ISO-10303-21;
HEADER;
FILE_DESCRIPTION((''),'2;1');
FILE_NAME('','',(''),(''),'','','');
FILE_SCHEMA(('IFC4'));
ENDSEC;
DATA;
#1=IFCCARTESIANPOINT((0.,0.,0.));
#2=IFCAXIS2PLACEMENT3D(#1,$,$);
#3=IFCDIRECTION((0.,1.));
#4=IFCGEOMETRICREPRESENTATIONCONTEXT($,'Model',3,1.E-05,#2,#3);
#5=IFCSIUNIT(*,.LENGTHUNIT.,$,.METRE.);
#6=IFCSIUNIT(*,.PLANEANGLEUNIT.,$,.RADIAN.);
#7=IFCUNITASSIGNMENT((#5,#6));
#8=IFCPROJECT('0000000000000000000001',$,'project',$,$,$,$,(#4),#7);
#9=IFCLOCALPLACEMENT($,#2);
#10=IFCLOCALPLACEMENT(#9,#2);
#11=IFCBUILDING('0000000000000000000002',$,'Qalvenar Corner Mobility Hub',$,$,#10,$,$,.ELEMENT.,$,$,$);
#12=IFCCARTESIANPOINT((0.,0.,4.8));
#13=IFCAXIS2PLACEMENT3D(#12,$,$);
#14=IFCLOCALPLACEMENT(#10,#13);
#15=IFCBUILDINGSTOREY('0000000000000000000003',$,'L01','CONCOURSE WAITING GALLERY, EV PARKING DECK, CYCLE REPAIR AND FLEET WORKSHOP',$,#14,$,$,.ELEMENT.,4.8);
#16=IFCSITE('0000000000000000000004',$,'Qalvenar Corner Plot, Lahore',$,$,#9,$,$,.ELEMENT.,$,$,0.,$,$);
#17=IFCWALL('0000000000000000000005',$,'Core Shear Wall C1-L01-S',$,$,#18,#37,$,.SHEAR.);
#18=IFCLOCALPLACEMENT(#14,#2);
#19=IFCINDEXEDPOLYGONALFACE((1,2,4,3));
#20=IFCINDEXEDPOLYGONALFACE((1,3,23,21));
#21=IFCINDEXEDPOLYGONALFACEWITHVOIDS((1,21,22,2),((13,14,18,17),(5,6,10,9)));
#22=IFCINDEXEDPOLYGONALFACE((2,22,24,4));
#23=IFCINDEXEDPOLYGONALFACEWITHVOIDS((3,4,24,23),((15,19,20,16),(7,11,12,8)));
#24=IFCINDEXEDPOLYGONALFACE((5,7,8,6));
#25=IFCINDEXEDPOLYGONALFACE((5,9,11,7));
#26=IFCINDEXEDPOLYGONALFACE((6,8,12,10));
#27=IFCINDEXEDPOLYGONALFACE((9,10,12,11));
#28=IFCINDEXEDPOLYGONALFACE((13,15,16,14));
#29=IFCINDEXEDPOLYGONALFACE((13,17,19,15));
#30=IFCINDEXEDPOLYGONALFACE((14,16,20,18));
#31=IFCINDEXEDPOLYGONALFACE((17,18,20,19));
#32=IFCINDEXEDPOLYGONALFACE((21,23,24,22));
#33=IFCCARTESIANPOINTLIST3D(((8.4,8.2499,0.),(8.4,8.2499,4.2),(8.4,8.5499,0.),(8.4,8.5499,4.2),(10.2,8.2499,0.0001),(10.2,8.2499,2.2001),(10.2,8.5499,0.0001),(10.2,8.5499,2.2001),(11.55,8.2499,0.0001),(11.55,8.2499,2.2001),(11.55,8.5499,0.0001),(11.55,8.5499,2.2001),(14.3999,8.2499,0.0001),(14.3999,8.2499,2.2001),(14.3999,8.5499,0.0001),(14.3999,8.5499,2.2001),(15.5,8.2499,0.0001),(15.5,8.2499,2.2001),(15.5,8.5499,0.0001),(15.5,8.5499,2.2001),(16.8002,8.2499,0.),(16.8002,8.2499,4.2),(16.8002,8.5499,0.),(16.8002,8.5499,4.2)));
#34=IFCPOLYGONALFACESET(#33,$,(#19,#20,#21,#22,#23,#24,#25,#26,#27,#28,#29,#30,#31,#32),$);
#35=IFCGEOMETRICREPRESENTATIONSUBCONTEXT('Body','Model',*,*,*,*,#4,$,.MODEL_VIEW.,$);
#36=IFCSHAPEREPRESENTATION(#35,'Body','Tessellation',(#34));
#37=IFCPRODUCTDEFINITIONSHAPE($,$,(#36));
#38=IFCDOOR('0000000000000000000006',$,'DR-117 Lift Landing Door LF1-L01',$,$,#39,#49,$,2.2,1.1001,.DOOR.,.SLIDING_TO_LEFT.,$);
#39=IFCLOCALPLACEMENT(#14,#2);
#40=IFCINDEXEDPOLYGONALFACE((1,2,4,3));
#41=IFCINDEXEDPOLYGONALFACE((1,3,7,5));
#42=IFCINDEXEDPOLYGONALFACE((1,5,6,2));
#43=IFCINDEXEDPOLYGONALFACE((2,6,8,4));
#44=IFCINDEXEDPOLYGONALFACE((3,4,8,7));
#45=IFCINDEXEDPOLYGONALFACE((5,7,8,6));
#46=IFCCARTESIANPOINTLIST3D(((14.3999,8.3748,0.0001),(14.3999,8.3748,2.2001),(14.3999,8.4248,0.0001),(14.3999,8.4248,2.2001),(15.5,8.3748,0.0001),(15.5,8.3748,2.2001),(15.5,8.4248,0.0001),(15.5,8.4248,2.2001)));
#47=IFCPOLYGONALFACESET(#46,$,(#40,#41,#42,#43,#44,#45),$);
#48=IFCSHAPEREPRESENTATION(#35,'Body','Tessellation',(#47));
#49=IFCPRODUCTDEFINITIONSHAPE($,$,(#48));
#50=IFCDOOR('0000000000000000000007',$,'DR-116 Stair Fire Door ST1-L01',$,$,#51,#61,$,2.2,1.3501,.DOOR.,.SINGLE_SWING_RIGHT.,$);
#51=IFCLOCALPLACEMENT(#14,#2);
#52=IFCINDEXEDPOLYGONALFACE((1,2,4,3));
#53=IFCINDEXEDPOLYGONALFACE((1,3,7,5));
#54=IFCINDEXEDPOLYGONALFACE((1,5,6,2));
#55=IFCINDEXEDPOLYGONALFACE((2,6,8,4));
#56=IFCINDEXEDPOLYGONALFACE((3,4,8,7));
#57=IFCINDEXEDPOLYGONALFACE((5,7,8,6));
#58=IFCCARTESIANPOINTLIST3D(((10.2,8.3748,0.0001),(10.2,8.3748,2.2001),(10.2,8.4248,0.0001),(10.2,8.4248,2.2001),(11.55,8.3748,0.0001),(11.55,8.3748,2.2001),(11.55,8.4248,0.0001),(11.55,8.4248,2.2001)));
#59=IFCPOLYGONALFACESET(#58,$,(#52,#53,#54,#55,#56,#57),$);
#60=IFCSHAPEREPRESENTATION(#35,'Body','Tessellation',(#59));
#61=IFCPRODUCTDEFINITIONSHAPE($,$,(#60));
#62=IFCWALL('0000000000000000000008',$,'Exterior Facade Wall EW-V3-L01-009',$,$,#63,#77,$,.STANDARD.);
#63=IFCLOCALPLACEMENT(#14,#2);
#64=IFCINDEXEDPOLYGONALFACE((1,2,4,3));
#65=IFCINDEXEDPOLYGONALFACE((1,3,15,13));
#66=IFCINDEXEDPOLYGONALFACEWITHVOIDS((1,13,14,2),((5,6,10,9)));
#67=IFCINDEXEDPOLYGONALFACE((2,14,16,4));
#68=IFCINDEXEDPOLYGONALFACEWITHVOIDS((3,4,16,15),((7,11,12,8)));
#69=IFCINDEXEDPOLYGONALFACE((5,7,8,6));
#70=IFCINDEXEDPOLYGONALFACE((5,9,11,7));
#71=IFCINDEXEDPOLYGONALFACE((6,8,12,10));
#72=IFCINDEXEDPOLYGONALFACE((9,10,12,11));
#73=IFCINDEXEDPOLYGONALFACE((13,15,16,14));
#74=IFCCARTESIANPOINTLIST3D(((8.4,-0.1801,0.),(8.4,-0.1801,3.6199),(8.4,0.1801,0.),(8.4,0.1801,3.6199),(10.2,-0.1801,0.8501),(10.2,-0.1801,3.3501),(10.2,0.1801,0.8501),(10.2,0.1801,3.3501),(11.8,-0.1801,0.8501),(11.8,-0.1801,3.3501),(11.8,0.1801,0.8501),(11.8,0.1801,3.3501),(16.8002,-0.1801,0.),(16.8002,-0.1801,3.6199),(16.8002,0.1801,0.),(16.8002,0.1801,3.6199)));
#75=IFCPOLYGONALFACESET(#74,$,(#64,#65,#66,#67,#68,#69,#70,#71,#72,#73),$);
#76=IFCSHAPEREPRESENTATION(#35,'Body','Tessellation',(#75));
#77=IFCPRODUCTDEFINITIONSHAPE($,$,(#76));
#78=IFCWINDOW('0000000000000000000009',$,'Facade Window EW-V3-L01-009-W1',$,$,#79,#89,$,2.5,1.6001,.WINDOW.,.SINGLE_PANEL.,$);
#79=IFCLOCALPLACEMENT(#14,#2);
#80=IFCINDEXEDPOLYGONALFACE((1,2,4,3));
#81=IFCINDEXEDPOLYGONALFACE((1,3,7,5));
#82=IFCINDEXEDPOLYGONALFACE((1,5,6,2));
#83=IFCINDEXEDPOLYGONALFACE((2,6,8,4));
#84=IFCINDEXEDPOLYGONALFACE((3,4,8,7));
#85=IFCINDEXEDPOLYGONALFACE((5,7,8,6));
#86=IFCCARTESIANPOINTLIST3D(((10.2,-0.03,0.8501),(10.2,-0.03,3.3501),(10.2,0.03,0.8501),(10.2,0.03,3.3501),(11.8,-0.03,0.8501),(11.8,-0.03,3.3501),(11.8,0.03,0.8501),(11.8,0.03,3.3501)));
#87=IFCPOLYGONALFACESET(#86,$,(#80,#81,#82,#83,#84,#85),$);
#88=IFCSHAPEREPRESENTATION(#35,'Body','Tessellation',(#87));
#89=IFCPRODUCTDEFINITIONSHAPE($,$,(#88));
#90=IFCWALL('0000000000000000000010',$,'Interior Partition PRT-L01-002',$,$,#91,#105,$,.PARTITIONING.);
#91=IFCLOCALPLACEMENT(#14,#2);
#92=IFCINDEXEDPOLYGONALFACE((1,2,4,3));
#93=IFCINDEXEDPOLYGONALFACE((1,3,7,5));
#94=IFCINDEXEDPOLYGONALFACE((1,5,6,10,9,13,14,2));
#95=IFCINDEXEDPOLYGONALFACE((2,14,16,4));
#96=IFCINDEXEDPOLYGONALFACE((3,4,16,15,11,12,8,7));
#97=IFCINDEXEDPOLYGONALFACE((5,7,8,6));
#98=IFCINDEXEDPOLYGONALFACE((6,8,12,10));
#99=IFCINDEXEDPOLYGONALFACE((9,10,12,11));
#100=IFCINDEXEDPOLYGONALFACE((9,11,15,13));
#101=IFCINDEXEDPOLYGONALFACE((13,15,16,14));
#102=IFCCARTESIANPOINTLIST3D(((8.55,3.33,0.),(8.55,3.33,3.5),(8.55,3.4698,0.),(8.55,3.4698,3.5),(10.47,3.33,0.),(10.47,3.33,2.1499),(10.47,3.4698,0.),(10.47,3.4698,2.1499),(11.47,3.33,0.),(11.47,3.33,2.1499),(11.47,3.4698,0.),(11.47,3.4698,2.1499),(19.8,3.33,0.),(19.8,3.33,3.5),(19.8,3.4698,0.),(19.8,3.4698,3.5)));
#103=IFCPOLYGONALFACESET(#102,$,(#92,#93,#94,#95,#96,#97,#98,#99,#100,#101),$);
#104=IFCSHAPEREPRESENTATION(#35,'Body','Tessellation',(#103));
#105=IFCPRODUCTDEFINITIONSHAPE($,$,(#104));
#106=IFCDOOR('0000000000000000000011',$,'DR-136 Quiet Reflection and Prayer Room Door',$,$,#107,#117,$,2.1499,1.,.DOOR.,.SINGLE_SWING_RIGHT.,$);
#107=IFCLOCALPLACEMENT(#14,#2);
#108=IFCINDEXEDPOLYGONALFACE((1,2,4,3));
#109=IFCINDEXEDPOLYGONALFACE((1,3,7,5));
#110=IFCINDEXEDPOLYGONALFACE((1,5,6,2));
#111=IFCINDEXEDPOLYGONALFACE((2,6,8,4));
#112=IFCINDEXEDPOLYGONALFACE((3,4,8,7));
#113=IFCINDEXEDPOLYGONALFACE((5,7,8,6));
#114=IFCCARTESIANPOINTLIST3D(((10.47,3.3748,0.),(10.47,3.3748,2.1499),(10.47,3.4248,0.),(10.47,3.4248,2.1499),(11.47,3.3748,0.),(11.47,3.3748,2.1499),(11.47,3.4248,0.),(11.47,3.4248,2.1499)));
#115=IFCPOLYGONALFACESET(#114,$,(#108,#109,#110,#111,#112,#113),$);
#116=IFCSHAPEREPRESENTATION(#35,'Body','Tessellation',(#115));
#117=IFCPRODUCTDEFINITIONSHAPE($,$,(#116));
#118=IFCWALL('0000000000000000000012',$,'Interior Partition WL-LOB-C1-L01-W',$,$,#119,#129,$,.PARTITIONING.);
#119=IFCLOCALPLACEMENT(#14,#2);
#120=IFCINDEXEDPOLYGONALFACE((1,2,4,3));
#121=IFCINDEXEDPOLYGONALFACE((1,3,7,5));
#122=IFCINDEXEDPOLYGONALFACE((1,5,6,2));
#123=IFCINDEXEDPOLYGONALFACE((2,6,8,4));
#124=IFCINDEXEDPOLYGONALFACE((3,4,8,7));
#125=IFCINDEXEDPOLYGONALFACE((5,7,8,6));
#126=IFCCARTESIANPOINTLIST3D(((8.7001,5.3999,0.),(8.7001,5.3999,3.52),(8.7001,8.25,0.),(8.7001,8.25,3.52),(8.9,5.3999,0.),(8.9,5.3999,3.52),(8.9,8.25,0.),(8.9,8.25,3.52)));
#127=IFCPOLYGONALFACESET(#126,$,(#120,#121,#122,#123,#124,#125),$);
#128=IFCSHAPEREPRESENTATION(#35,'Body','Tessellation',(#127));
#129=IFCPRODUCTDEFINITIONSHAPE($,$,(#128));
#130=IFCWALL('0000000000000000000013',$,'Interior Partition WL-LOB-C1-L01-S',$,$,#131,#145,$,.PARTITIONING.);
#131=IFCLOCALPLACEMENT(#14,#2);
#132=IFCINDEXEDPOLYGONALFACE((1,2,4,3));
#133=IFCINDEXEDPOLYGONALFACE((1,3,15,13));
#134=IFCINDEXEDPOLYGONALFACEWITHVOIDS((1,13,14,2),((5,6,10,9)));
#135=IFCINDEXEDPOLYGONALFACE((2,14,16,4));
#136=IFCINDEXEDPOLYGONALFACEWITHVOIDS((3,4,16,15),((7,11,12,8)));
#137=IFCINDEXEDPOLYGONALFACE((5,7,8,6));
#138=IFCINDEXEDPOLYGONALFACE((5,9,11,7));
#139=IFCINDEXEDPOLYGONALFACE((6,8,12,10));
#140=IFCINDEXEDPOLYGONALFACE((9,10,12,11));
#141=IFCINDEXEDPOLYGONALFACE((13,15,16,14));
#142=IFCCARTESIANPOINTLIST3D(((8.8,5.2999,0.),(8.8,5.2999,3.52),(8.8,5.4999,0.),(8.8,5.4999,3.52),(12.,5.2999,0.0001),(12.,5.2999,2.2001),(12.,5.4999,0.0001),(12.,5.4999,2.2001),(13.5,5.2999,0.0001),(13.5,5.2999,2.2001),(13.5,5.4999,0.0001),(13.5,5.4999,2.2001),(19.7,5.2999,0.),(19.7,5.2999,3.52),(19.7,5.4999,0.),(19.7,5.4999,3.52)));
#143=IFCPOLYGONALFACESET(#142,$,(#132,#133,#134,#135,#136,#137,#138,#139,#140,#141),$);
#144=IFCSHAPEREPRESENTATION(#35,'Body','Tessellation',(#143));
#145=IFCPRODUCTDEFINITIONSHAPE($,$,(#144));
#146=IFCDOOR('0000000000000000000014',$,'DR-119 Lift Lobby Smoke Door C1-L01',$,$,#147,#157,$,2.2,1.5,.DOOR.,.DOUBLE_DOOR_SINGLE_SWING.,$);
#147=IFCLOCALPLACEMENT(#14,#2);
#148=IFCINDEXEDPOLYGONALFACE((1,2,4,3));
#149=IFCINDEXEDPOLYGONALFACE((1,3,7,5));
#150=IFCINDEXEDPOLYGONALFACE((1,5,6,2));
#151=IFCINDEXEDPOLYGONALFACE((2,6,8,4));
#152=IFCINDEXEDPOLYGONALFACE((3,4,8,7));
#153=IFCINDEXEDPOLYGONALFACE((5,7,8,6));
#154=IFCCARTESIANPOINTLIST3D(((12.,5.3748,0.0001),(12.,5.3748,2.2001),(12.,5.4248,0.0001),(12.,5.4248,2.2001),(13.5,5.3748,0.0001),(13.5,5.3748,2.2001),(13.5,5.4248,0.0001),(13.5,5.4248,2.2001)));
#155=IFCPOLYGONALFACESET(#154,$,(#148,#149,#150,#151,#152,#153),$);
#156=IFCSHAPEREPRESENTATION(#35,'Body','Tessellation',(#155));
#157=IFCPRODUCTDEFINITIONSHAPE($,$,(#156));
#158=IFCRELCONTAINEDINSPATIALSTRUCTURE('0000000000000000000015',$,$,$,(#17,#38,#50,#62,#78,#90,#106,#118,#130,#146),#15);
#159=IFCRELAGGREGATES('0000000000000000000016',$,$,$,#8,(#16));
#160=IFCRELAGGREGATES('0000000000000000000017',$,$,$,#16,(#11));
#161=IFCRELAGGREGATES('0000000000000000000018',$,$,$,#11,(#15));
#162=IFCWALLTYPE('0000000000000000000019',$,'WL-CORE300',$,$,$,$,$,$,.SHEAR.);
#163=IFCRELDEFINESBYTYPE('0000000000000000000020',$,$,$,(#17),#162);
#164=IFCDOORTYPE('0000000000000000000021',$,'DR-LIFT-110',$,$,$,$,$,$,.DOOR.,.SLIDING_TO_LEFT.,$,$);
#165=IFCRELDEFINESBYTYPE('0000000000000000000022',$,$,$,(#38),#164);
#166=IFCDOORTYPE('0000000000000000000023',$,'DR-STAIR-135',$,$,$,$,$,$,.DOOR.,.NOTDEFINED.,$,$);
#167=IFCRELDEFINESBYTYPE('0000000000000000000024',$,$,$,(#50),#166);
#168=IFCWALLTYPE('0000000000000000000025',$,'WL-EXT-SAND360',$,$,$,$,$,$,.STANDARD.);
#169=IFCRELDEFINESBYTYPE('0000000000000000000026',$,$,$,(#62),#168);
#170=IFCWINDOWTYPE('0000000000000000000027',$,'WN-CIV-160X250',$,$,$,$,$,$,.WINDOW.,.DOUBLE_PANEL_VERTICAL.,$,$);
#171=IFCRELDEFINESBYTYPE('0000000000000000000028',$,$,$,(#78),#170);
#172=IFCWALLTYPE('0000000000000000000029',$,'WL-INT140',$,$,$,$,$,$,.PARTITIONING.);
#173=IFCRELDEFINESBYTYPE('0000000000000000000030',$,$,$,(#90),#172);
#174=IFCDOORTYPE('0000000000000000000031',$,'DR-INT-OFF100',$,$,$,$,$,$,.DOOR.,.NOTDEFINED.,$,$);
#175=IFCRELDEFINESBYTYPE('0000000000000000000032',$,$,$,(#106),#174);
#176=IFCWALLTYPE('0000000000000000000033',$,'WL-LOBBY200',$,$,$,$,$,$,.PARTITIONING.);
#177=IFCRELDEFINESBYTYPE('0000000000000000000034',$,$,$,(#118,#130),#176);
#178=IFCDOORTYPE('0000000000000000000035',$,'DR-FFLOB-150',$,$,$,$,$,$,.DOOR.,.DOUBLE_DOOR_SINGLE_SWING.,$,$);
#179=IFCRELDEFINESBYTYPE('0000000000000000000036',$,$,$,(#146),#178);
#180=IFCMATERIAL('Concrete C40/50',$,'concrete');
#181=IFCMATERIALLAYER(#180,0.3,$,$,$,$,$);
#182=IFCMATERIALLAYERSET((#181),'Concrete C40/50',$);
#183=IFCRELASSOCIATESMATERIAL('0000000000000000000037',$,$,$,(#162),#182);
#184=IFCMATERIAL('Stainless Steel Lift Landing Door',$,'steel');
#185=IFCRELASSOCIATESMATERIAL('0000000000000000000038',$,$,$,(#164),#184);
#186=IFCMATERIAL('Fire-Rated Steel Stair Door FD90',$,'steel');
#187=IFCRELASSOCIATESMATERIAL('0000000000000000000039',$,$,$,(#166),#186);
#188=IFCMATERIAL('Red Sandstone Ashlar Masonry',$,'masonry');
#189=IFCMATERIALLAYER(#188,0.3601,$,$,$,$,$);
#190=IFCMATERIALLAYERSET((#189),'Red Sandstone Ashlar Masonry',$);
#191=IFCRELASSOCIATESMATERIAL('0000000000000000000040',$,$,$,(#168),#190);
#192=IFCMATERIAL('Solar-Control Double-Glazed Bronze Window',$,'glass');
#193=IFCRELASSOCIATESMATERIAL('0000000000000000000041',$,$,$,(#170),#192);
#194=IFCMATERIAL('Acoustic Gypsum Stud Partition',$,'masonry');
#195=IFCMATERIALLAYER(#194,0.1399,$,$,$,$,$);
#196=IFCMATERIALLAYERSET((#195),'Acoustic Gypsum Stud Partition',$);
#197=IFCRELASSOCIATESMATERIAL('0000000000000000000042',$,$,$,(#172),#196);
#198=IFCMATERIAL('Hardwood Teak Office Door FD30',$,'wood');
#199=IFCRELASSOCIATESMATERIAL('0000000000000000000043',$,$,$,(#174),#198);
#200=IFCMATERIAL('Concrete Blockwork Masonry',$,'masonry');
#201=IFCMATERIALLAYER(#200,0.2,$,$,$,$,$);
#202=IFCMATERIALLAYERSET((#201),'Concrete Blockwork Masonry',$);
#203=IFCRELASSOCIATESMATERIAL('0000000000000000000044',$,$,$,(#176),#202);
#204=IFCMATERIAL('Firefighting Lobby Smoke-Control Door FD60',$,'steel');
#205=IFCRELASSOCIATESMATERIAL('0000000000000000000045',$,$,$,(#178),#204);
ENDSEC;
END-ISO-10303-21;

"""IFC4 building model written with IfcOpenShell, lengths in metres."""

from ifc_helpers import new_model, si_unit, direction, frame, frame_2d, origin, place, context, subcontext, project, spatial, rectangle, extrude, material, layer, layer_set, type_object, element, fill, save


model = new_model("IFC4")

# Units and contexts
model_context = context("Model", 3, precision=1e-05, world=origin(), true_north=direction((0.0, 1.0)))
body_context = subcontext(model_context, "Body", "Model", "MODEL_VIEW")
ifc_project = project(units=[si_unit("LENGTHUNIT", "METRE"), si_unit("PLANEANGLEUNIT", "RADIAN")], contexts=[model_context])

# Site, building, storey
site_placement = place(None, origin())
site = spatial("IfcSite", under=ifc_project, at=site_placement, Name="Qalvenar Corner Plot, Lahore", CompositionType="ELEMENT", RefElevation=0.0)
building_placement = place(site_placement, origin())
building = spatial("IfcBuilding", under=site, at=building_placement, Name="Qalvenar Corner Mobility Hub", CompositionType="ELEMENT")
storey_placement = place(building_placement, frame((0.0, 0.0, 4.8)))
storey = spatial("IfcBuildingStorey", under=building, at=storey_placement, Name="L01", Description="CONCOURSE WAITING GALLERY, EV PARKING DECK, CYCLE REPAIR AND FLEET WORKSHOP", CompositionType="ELEMENT", Elevation=4.8)

# Wall, openings, doors
ifc_material_1 = material(Name="Concrete C40/50", Category="concrete")
ifc_layer_1 = layer(ifc_material_1, 0.3)
ifc_layer_set_1 = layer_set([ifc_layer_1], Name="Concrete C40/50")
wall_type_1 = type_object("IfcWallType", Name="WL-CORE300", PredefinedType="SHEAR", material=ifc_layer_set_1)
wall_1_placement = place(storey_placement, frame((8.3999, 8.3999, 0.0), z_axis=(0.0, 0.0, 1.0), x_axis=(1.0, 0.0, 0.0)))
wall_1 = element("IfcWall", 1, at=wall_1_placement, inside=storey, type_object=wall_type_1, Name="Core Shear Wall C1-L01-S", PredefinedType="SHEAR", context=body_context, shape_type="SweptSolid", body=[
    extrude(rectangle(XDim=8.4001, YDim=0.3, at=frame_2d((4.2002, 0.0))), origin(), (0.0, 0.0, 1.0), 4.2),
])
opening_1_placement = place(wall_1_placement, frame((1.8, 0.0, 0.0)))
opening_1 = element("IfcOpeningElement", 2, at=opening_1_placement, cuts=wall_1, PredefinedType="OPENING", context=body_context, shape_type="SweptSolid", body=[
    extrude(rectangle(XDim=1.3501, YDim=2.2, at=frame_2d((0.675, 1.1001))), frame((0.0, 0.1602, 0.0), z_axis=(0.0, -1.0, 0.0), x_axis=(1.0, 0.0, 0.0)), (0.0, 0.0, 1.0), 0.3201),
])
opening_2_placement = place(wall_1_placement, frame((6.0, 0.0, 0.0)))
opening_2 = element("IfcOpeningElement", 3, at=opening_2_placement, cuts=wall_1, PredefinedType="OPENING", context=body_context, shape_type="SweptSolid", body=[
    extrude(rectangle(XDim=1.1001, YDim=2.2, at=frame_2d((0.55, 1.1001))), frame((0.0, 0.1602, 0.0), z_axis=(0.0, -1.0, 0.0), x_axis=(1.0, 0.0, 0.0)), (0.0, 0.0, 1.0), 0.3201),
])
ifc_material_2 = material(Name="Stainless Steel Lift Landing Door", Category="steel")
door_type_1 = type_object("IfcDoorType", Name="DR-LIFT-110", OperationType="SLIDING_TO_LEFT", PredefinedType="DOOR", material=ifc_material_2)
door_1_placement = place(opening_2_placement, origin())
door_1 = element("IfcDoor", 4, at=door_1_placement, inside=storey, type_object=door_type_1, Name="DR-117 Lift Landing Door LF1-L01", OperationType="SLIDING_TO_LEFT", OverallHeight=2.2, OverallWidth=1.1001, PredefinedType="DOOR", context=body_context, shape_type="SweptSolid", body=[
    extrude(rectangle(XDim=1.1001, YDim=2.2, at=frame_2d((0.55, 1.1001))), frame((0.0, 0.0249, 0.0), z_axis=(0.0, -1.0, 0.0), x_axis=(1.0, 0.0, 0.0)), (0.0, 0.0, 1.0), 0.05),
])
fill(opening_2, door_1)
ifc_material_3 = material(Name="Fire-Rated Steel Stair Door FD90", Category="steel")
door_type_2 = type_object("IfcDoorType", Name="DR-STAIR-135", OperationType="NOTDEFINED", PredefinedType="DOOR", material=ifc_material_3)
door_2_placement = place(opening_1_placement, origin())
door_2 = element("IfcDoor", 5, at=door_2_placement, inside=storey, type_object=door_type_2, Name="DR-116 Stair Fire Door ST1-L01", OperationType="SINGLE_SWING_RIGHT", OverallHeight=2.2, OverallWidth=1.3501, PredefinedType="DOOR", context=body_context, shape_type="SweptSolid", body=[
    extrude(rectangle(XDim=1.3501, YDim=2.2, at=frame_2d((0.675, 1.1001))), frame((0.0, 0.0249, 0.0), z_axis=(0.0, -1.0, 0.0), x_axis=(1.0, 0.0, 0.0)), (0.0, 0.0, 1.0), 0.05),
])
fill(opening_1, door_2)

# Wall, opening, window
ifc_material_4 = material(Name="Red Sandstone Ashlar Masonry", Category="masonry")
ifc_layer_2 = layer(ifc_material_4, 0.3601)
ifc_layer_set_2 = layer_set([ifc_layer_2], Name="Red Sandstone Ashlar Masonry")
wall_type_2 = type_object("IfcWallType", Name="WL-EXT-SAND360", PredefinedType="STANDARD", material=ifc_layer_set_2)
wall_2_placement = place(storey_placement, frame((8.3999, 0.0, 0.0), z_axis=(0.0, 0.0, 1.0), x_axis=(1.0, 0.0, 0.0)))
wall_2 = element("IfcWall", 6, at=wall_2_placement, inside=storey, type_object=wall_type_2, Name="Exterior Facade Wall EW-V3-L01-009", PredefinedType="STANDARD", context=body_context, shape_type="SweptSolid", body=[
    extrude(rectangle(XDim=8.4001, YDim=0.3601, at=frame_2d((4.2002, 0.0))), origin(), (0.0, 0.0, 1.0), 3.6199),
])
opening_3_placement = place(wall_2_placement, frame((1.8, 0.0, 0.8501)))
opening_3 = element("IfcOpeningElement", 7, at=opening_3_placement, cuts=wall_2, PredefinedType="OPENING", context=body_context, shape_type="SweptSolid", body=[
    extrude(rectangle(XDim=1.6001, YDim=2.5, at=frame_2d((0.8, 1.25))), frame((0.0, 0.1899, 0.0), z_axis=(0.0, -1.0, 0.0), x_axis=(1.0, 0.0, 0.0)), (0.0, 0.0, 1.0), 0.3801),
])
ifc_material_5 = material(Name="Solar-Control Double-Glazed Bronze Window", Category="glass")
window_type = type_object("IfcWindowType", Name="WN-CIV-160X250", PartitioningType="DOUBLE_PANEL_VERTICAL", PredefinedType="WINDOW", material=ifc_material_5)
window_placement = place(opening_3_placement, origin())
window = element("IfcWindow", 8, at=window_placement, inside=storey, type_object=window_type, Name="Facade Window EW-V3-L01-009-W1", OverallHeight=2.5, OverallWidth=1.6001, PartitioningType="SINGLE_PANEL", PredefinedType="WINDOW", context=body_context, shape_type="SweptSolid", body=[
    extrude(rectangle(XDim=1.6001, YDim=2.5, at=frame_2d((0.8, 1.25))), frame((0.0, 0.03, 0.0), z_axis=(0.0, -1.0, 0.0), x_axis=(1.0, 0.0, 0.0)), (0.0, 0.0, 1.0), 0.0601),
])
fill(opening_3, window)

# Wall, opening, door
ifc_material_6 = material(Name="Acoustic Gypsum Stud Partition", Category="masonry")
ifc_layer_3 = layer(ifc_material_6, 0.1399)
ifc_layer_set_3 = layer_set([ifc_layer_3], Name="Acoustic Gypsum Stud Partition")
wall_type_3 = type_object("IfcWallType", Name="WL-INT140", PredefinedType="PARTITIONING", material=ifc_layer_set_3)
wall_3_placement = place(storey_placement, frame((8.55, 3.3999, 0.0), z_axis=(0.0, 0.0, 1.0), x_axis=(1.0, 0.0, 0.0)))
wall_3 = element("IfcWall", 9, at=wall_3_placement, inside=storey, type_object=wall_type_3, Name="Interior Partition PRT-L01-002", PredefinedType="PARTITIONING", context=body_context, shape_type="SweptSolid", body=[
    extrude(rectangle(XDim=11.25, YDim=0.1399, at=frame_2d((5.625, 0.0))), origin(), (0.0, 0.0, 1.0), 3.5),
])
opening_4_placement = place(wall_3_placement, frame((1.9199, 0.0, 0.0)))
opening_4 = element("IfcOpeningElement", 10, at=opening_4_placement, cuts=wall_3, PredefinedType="OPENING", context=body_context, shape_type="SweptSolid", body=[
    extrude(rectangle(XDim=1.0, YDim=2.1499, at=frame_2d((0.5, 1.075))), frame((0.0, 0.0801, 0.0), z_axis=(0.0, -1.0, 0.0), x_axis=(1.0, 0.0, 0.0)), (0.0, 0.0, 1.0), 0.1599),
])
ifc_material_7 = material(Name="Hardwood Teak Office Door FD30", Category="wood")
door_type_3 = type_object("IfcDoorType", Name="DR-INT-OFF100", OperationType="NOTDEFINED", PredefinedType="DOOR", material=ifc_material_7)
door_3_placement = place(opening_4_placement, origin())
door_3 = element("IfcDoor", 11, at=door_3_placement, inside=storey, type_object=door_type_3, Name="DR-136 Quiet Reflection and Prayer Room Door", OperationType="SINGLE_SWING_RIGHT", OverallHeight=2.1499, OverallWidth=1.0, PredefinedType="DOOR", context=body_context, shape_type="SweptSolid", body=[
    extrude(rectangle(XDim=1.0, YDim=2.1499, at=frame_2d((0.5, 1.075))), frame((0.0, 0.0249, 0.0), z_axis=(0.0, -1.0, 0.0), x_axis=(1.0, 0.0, 0.0)), (0.0, 0.0, 1.0), 0.05),
])
fill(opening_4, door_3)

# Wall
ifc_material_8 = material(Name="Concrete Blockwork Masonry", Category="masonry")
ifc_layer_4 = layer(ifc_material_8, 0.2)
ifc_layer_set_4 = layer_set([ifc_layer_4], Name="Concrete Blockwork Masonry")
wall_type_4 = type_object("IfcWallType", Name="WL-LOBBY200", PredefinedType="PARTITIONING", material=ifc_layer_set_4)
wall_4_placement = place(storey_placement, frame((8.8, 5.3999, 0.0), z_axis=(0.0, 0.0, 1.0), x_axis=(0.0, 1.0, 0.0)))
element("IfcWall", 12, at=wall_4_placement, inside=storey, type_object=wall_type_4, Name="Interior Partition WL-LOB-C1-L01-W", PredefinedType="PARTITIONING", context=body_context, shape_type="SweptSolid", body=[
    extrude(rectangle(XDim=2.8501, YDim=0.2, at=frame_2d((1.425, 0.0))), origin(), (0.0, 0.0, 1.0), 3.52),
])

# Wall, opening, door
wall_5_placement = place(storey_placement, frame((8.8, 5.3999, 0.0), z_axis=(0.0, 0.0, 1.0), x_axis=(1.0, 0.0, 0.0)))
wall_5 = element("IfcWall", 13, at=wall_5_placement, inside=storey, type_object=wall_type_4, Name="Interior Partition WL-LOB-C1-L01-S", PredefinedType="PARTITIONING", context=body_context, shape_type="SweptSolid", body=[
    extrude(rectangle(XDim=10.8999, YDim=0.2, at=frame_2d((5.45, 0.0))), origin(), (0.0, 0.0, 1.0), 3.52),
])
opening_5_placement = place(wall_5_placement, frame((3.2, 0.0, 0.0)))
opening_5 = element("IfcOpeningElement", 14, at=opening_5_placement, cuts=wall_5, PredefinedType="OPENING", context=body_context, shape_type="SweptSolid", body=[
    extrude(rectangle(XDim=1.5, YDim=2.2, at=frame_2d((0.75, 1.1001))), frame((0.0, 0.1099, 0.0), z_axis=(0.0, -1.0, 0.0), x_axis=(1.0, 0.0, 0.0)), (0.0, 0.0, 1.0), 0.22),
])
ifc_material_9 = material(Name="Firefighting Lobby Smoke-Control Door FD60", Category="steel")
door_type_4 = type_object("IfcDoorType", Name="DR-FFLOB-150", OperationType="DOUBLE_DOOR_SINGLE_SWING", PredefinedType="DOOR", material=ifc_material_9)
door_4_placement = place(opening_5_placement, origin())
door_4 = element("IfcDoor", 15, at=door_4_placement, inside=storey, type_object=door_type_4, Name="DR-119 Lift Lobby Smoke Door C1-L01", OperationType="DOUBLE_DOOR_SINGLE_SWING", OverallHeight=2.2, OverallWidth=1.5, PredefinedType="DOOR", context=body_context, shape_type="SweptSolid", body=[
    extrude(rectangle(XDim=1.5, YDim=2.2, at=frame_2d((0.75, 1.1001))), frame((0.0, 0.0249, 0.0), z_axis=(0.0, -1.0, 0.0), x_axis=(1.0, 0.0, 0.0)), (0.0, 0.0, 1.0), 0.05),
])
fill(opening_5, door_4)

save(model, "model.ifc")
